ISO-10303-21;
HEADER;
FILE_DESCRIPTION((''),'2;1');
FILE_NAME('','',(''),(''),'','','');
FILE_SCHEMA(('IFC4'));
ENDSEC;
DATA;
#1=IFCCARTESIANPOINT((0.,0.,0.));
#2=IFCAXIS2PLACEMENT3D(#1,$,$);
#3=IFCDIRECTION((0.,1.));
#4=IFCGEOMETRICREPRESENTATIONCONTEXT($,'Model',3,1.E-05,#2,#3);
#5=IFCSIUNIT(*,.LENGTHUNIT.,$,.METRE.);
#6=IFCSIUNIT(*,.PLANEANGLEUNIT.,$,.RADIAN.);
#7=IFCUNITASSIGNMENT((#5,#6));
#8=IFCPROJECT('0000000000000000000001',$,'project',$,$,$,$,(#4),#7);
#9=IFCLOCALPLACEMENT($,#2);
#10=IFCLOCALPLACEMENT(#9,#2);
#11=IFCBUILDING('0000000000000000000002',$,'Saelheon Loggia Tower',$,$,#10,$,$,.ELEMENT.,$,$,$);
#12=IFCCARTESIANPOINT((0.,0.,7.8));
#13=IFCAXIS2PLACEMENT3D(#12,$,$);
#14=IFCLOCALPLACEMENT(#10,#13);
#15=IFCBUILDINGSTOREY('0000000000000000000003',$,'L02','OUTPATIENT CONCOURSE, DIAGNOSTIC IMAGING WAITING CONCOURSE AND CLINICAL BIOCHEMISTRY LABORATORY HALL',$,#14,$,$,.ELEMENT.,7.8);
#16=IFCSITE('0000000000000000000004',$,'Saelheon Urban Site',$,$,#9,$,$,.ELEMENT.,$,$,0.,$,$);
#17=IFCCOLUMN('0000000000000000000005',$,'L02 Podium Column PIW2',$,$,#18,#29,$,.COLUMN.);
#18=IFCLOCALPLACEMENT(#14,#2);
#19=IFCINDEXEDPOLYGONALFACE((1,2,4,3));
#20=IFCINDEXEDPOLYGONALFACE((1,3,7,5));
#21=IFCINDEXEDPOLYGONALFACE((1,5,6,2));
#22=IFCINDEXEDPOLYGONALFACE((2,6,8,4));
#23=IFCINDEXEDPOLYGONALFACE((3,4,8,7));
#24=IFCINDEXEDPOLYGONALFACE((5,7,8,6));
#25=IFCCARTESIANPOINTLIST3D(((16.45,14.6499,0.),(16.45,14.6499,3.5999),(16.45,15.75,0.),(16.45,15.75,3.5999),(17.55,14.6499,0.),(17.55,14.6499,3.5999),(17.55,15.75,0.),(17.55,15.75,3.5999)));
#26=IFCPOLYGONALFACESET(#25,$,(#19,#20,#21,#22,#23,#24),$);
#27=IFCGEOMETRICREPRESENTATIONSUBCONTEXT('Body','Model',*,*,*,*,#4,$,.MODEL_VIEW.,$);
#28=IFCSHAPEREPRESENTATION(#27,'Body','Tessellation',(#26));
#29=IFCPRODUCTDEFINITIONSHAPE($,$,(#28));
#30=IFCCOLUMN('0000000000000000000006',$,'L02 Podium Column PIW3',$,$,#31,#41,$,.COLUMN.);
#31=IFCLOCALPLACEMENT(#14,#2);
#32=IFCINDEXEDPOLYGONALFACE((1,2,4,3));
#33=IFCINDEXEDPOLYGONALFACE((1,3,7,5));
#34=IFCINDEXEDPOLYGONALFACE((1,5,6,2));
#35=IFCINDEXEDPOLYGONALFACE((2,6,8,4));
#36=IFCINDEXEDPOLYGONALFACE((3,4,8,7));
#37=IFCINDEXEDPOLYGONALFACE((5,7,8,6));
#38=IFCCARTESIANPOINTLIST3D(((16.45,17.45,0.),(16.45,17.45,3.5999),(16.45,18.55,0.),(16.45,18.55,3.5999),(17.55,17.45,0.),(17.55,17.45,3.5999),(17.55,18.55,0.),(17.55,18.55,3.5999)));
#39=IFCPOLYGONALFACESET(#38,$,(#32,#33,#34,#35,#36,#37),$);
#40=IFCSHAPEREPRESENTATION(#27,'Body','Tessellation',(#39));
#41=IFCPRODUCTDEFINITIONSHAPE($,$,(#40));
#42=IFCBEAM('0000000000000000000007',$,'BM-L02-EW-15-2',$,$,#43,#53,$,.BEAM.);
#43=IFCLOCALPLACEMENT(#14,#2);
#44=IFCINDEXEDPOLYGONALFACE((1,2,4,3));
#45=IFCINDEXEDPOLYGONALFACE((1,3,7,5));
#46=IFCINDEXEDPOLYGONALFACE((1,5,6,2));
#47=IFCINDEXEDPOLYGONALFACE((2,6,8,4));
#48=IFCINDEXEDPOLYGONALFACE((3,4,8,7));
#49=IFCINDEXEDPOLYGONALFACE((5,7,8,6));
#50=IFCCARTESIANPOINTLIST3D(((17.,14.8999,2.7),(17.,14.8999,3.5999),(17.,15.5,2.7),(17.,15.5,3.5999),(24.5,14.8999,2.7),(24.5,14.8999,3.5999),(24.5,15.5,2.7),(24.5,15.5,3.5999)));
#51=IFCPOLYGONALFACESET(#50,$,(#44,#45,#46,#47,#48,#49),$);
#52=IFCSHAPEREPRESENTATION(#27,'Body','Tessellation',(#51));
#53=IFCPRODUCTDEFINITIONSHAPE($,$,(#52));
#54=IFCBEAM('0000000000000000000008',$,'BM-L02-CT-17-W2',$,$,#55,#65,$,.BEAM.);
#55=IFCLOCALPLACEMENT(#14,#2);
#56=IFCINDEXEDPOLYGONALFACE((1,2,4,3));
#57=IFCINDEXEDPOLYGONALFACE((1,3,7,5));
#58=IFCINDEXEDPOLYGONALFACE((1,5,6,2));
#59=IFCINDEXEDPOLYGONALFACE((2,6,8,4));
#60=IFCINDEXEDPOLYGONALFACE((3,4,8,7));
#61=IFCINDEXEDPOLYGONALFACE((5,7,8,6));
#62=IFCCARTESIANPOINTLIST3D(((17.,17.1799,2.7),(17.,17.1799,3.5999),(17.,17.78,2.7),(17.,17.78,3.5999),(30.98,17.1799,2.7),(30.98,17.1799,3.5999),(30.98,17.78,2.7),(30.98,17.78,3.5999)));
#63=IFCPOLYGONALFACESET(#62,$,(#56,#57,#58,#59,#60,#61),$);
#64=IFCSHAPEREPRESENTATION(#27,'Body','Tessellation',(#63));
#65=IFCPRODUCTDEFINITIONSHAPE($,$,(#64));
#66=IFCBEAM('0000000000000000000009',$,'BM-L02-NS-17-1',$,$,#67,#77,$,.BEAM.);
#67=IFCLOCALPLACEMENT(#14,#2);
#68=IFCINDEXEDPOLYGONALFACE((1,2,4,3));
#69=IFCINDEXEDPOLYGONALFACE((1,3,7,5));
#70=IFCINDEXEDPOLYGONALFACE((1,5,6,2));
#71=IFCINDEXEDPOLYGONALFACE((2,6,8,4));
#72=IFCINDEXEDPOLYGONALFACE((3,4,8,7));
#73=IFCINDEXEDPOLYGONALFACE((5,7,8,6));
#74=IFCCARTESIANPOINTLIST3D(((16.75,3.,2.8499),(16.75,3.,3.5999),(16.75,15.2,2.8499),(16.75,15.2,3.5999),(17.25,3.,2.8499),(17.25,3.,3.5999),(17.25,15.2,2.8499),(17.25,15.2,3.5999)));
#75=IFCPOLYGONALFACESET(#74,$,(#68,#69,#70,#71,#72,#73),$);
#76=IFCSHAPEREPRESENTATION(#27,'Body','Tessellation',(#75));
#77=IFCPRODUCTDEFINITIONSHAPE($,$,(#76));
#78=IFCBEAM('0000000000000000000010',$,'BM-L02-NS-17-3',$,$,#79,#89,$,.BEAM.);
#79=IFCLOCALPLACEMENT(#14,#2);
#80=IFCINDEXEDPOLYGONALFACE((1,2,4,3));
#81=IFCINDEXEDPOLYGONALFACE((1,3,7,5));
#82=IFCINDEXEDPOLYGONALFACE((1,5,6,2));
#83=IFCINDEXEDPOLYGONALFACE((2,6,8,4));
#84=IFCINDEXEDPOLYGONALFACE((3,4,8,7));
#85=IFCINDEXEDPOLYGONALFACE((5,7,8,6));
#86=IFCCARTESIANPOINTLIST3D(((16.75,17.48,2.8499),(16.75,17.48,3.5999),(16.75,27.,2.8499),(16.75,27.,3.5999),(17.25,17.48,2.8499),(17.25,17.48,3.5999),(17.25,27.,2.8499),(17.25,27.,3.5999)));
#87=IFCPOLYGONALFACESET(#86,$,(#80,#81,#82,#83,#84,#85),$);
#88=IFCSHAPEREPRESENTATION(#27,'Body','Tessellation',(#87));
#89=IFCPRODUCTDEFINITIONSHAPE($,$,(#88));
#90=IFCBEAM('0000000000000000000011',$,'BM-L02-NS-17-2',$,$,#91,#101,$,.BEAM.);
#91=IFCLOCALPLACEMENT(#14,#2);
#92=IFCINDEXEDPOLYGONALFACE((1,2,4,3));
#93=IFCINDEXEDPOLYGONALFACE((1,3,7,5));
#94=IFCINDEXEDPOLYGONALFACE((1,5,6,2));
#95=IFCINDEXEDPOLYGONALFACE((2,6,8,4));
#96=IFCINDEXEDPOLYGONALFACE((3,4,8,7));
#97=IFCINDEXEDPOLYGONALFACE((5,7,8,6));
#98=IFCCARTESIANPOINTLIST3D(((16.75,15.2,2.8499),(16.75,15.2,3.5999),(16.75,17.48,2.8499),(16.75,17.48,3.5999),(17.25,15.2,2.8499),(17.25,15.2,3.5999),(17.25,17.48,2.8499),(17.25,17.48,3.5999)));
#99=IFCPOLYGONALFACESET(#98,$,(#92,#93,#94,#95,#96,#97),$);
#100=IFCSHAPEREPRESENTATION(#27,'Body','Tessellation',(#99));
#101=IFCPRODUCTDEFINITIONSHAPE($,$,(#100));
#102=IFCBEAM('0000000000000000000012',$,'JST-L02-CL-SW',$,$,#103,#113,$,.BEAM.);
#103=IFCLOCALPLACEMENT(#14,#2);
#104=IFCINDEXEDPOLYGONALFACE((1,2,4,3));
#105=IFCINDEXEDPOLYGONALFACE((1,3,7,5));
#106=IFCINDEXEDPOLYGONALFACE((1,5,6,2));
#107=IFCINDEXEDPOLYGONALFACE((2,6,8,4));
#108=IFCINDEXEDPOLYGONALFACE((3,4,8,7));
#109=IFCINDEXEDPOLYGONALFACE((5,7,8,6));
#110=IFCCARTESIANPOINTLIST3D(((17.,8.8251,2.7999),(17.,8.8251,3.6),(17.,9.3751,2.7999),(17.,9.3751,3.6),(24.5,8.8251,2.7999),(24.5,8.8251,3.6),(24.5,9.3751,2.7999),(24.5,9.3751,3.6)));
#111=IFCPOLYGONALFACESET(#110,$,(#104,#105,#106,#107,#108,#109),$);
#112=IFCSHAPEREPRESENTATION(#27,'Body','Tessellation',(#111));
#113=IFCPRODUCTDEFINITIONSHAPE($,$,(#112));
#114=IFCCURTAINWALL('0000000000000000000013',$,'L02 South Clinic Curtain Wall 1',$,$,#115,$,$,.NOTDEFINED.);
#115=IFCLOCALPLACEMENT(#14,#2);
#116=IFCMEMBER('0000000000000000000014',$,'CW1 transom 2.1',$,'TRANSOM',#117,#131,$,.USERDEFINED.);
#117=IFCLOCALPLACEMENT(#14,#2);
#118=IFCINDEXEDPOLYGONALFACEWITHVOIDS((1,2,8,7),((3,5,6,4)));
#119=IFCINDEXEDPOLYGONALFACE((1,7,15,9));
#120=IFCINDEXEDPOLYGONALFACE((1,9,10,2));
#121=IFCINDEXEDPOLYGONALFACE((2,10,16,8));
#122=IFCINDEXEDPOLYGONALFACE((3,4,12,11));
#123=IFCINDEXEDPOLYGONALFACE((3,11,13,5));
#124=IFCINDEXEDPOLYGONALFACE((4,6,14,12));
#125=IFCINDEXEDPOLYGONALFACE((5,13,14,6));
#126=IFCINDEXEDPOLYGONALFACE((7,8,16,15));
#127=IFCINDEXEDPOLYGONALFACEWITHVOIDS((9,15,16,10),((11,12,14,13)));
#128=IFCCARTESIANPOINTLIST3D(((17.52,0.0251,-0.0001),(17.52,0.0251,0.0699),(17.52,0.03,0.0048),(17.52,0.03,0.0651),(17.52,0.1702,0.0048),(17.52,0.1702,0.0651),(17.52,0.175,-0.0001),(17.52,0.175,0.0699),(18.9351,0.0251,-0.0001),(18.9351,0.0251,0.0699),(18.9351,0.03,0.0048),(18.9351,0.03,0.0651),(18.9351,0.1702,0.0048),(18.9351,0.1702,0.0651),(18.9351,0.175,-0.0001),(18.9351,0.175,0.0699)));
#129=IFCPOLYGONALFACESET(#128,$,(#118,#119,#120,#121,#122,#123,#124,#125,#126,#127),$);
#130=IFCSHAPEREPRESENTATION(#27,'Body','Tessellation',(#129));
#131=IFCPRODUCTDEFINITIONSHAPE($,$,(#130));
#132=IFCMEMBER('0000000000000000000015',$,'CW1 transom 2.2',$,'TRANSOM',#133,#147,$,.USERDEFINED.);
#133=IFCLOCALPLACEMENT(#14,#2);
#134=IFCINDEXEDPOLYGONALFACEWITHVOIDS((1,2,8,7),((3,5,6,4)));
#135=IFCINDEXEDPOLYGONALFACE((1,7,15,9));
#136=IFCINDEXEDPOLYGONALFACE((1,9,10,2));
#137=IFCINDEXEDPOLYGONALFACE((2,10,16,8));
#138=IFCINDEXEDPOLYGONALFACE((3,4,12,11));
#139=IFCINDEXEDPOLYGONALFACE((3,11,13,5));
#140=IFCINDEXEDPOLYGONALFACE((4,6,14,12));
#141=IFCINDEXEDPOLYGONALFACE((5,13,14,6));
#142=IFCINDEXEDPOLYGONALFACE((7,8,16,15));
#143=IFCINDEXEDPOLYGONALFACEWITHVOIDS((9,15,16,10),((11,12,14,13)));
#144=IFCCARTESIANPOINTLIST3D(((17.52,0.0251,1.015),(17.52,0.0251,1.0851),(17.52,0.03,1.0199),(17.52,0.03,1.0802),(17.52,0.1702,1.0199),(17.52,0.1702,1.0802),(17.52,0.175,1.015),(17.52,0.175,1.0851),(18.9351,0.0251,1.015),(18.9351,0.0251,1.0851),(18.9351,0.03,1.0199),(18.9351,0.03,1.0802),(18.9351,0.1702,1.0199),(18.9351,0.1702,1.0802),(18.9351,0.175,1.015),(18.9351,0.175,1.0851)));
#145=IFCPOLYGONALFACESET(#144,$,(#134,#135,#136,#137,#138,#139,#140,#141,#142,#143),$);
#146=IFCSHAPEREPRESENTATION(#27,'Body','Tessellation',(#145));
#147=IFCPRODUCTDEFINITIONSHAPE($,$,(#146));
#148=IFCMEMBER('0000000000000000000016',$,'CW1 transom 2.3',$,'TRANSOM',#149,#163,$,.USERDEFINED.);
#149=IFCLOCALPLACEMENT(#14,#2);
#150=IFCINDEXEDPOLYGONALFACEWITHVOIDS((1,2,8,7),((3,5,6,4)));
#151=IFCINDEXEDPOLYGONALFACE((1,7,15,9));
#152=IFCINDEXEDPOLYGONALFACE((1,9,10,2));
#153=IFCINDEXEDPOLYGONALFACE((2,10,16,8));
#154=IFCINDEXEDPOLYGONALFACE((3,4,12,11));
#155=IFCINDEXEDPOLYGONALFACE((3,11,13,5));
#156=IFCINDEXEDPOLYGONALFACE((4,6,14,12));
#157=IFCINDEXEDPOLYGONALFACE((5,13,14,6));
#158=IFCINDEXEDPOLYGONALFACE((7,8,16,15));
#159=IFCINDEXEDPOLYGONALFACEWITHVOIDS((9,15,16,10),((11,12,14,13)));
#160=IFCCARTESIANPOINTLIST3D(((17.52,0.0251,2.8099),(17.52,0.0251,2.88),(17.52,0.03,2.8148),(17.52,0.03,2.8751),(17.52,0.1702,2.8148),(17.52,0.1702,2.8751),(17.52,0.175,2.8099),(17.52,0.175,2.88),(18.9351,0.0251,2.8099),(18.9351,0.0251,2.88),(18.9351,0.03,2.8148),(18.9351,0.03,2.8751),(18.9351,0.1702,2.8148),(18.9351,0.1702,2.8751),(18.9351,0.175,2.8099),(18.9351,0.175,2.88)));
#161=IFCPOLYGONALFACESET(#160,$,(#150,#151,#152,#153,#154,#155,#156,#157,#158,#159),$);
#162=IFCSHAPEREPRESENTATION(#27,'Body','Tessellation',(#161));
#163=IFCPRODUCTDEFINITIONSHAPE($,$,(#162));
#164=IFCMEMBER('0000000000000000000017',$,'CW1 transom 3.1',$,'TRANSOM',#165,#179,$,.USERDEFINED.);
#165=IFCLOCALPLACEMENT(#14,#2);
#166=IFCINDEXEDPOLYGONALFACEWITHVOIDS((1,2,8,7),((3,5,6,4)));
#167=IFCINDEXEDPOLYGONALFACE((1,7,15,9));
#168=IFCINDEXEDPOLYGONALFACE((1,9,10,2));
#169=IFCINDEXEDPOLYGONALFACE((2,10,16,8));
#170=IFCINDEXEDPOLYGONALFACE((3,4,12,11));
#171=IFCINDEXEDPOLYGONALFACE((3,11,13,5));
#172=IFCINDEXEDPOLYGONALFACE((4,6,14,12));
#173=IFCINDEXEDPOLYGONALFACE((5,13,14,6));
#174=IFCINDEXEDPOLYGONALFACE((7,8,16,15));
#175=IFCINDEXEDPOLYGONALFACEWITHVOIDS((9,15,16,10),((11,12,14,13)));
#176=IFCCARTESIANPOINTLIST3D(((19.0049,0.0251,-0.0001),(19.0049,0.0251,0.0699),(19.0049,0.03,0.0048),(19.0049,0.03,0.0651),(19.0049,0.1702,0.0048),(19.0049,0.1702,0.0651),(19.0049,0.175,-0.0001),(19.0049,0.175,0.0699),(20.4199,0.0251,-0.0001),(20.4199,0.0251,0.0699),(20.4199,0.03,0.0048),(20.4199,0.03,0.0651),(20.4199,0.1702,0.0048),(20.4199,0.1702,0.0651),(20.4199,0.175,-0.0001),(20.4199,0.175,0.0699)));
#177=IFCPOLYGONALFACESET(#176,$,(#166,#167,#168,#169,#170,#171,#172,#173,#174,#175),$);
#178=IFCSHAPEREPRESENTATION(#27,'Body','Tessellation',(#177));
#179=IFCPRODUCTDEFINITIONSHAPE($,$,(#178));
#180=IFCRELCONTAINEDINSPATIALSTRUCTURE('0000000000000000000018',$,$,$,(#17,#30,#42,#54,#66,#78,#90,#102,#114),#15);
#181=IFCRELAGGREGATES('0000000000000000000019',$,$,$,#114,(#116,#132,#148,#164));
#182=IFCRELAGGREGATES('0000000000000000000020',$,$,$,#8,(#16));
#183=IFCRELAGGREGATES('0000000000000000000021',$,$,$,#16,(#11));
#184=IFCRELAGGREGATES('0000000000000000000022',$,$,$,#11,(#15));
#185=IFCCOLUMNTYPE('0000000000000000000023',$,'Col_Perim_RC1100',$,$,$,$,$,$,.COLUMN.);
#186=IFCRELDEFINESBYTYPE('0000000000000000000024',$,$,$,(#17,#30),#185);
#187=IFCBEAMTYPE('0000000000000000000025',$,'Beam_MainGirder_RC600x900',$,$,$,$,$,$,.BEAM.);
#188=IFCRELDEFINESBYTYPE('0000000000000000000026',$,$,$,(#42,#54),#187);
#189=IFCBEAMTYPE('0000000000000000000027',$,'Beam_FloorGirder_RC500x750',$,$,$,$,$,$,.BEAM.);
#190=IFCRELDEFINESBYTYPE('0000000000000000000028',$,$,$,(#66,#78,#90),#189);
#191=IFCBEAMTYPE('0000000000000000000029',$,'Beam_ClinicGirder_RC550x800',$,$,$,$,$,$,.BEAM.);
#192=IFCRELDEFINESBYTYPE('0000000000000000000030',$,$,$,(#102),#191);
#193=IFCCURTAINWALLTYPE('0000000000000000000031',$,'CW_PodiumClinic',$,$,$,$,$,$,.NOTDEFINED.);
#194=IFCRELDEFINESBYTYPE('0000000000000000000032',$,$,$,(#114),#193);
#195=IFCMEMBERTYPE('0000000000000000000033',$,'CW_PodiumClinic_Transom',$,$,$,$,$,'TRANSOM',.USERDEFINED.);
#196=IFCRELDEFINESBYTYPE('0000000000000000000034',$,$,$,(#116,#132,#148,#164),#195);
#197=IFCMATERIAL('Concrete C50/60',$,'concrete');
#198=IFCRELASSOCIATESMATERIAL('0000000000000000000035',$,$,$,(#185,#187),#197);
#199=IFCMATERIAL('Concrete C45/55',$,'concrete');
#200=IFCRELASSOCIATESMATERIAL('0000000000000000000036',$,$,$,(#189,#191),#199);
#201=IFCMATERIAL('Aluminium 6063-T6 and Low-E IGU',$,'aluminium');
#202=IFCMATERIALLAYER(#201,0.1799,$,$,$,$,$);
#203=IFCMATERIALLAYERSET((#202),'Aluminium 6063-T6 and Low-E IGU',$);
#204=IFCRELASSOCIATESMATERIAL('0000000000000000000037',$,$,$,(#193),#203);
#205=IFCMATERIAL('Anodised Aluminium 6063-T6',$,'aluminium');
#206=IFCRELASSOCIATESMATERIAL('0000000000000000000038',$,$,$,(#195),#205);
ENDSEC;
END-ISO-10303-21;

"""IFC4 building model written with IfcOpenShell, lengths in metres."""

from ifc_helpers import new_model, si_unit, direction, frame, origin, origin_2d, place, context, subcontext, project, spatial, rectangle, hollow_rectangle, extrude, source, transform, mapped, material, layer, layer_set, material_profile, profile_set, type_object, element, aggregate, save


model = new_model("IFC4")

# Units and contexts
model_context = context("Model", 3, precision=1e-05, world=origin(), true_north=direction((0.0, 1.0)))
body_context = subcontext(model_context, "Body", "Model", "MODEL_VIEW")
ifc_project = project(units=[si_unit("LENGTHUNIT", "METRE"), si_unit("PLANEANGLEUNIT", "RADIAN")], contexts=[model_context])

# Site, building, storey
site_placement = place(None, origin())
site = spatial("IfcSite", under=ifc_project, at=site_placement, Name="Saelheon Urban Site", CompositionType="ELEMENT", RefElevation=0.0)
building_placement = place(site_placement, origin())
building = spatial("IfcBuilding", under=site, at=building_placement, Name="Saelheon Loggia Tower", CompositionType="ELEMENT")
storey_placement = place(building_placement, frame((0.0, 0.0, 7.8)))
storey = spatial("IfcBuildingStorey", under=building, at=storey_placement, Name="L02", Description="OUTPATIENT CONCOURSE, DIAGNOSTIC IMAGING WAITING CONCOURSE AND CLINICAL BIOCHEMISTRY LABORATORY HALL", CompositionType="ELEMENT", Elevation=7.8)

# Columns
ifc_material_1 = material(Name="Concrete C50/60", Category="concrete")
ifc_material_profile_1 = material_profile(ifc_material_1, rectangle(XDim=1.1001, YDim=1.1001, at=origin_2d()), Name="RC-1100x1100")
ifc_profile_set_1 = profile_set([ifc_material_profile_1], Name="Concrete C50/60")
column_type = type_object("IfcColumnType", Name="Col_Perim_RC1100", PredefinedType="COLUMN", material=ifc_profile_set_1)
shared_shape_1 = source(origin(), body_context, "Body", "SweptSolid", [
    extrude(rectangle(XDim=1.1001, YDim=1.1001, at=origin_2d()), origin(), (0.0, 0.0, 1.0), 3.5999),
])
for number, where, z_axis, x_axis, name in (
    (1, (17.0, 15.2, 0.0), (0.0, 0.0, 1.0), (1.0, 0.0, 0.0), "L02 Podium Column PIW2"),
    (2, (17.0, 18.0, 0.0), (0.0, 0.0, 1.0), (1.0, 0.0, 0.0), "L02 Podium Column PIW3"),
):
    element("IfcColumn", number, at=place(storey_placement, frame(where, z_axis=z_axis, x_axis=x_axis)), inside=storey, type_object=column_type, Name=name, PredefinedType="COLUMN", context=body_context, shape_type="MappedRepresentation", body=[
        mapped(shared_shape_1, transform((0.0, 0.0, 0.0), scale=1.0)),
    ])

# Beams
ifc_material_profile_2 = material_profile(ifc_material_1, rectangle(XDim=0.6001, YDim=0.8999, at=origin_2d()), Name="RC-600x900")
ifc_profile_set_2 = profile_set([ifc_material_profile_2], Name="Concrete C50/60")
beam_type_1 = type_object("IfcBeamType", Name="Beam_MainGirder_RC600x900", PredefinedType="BEAM", material=ifc_profile_set_2)
shared_shape_2 = source(origin(), body_context, "Body", "SweptSolid", [
    extrude(rectangle(XDim=0.6001, YDim=0.8999, at=origin_2d()), origin(), (0.0, 0.0, 1.0), 7.5),
])
beam_1_placement = place(storey_placement, frame((17.0, 15.2, 3.1499), z_axis=(1.0, 0.0, 0.0), x_axis=(0.0, 1.0, 0.0)))
element("IfcBeam", 3, at=beam_1_placement, inside=storey, type_object=beam_type_1, Name="BM-L02-EW-15-2", PredefinedType="BEAM", context=body_context, shape_type="MappedRepresentation", body=[
    mapped(shared_shape_2, transform((0.0, 0.0, 0.0), scale=1.0)),
])
shared_shape_3 = source(origin(), body_context, "Body", "SweptSolid", [
    extrude(rectangle(XDim=0.6001, YDim=0.8999, at=origin_2d()), origin(), (0.0, 0.0, 1.0), 13.98),
])
beam_2_placement = place(storey_placement, frame((17.0, 17.48, 3.1499), z_axis=(1.0, 0.0, 0.0), x_axis=(0.0, 1.0, 0.0)))
element("IfcBeam", 4, at=beam_2_placement, inside=storey, type_object=beam_type_1, Name="BM-L02-CT-17-W2", PredefinedType="BEAM", context=body_context, shape_type="MappedRepresentation", body=[
    mapped(shared_shape_3, transform((0.0, 0.0, 0.0), scale=1.0)),
])
ifc_material_2 = material(Name="Concrete C45/55", Category="concrete")
ifc_material_profile_3 = material_profile(ifc_material_2, rectangle(XDim=0.5, YDim=0.75, at=origin_2d()), Name="RC-500x750")
ifc_profile_set_3 = profile_set([ifc_material_profile_3], Name="Concrete C45/55")
beam_type_2 = type_object("IfcBeamType", Name="Beam_FloorGirder_RC500x750", PredefinedType="BEAM", material=ifc_profile_set_3)
shared_shape_4 = source(origin(), body_context, "Body", "SweptSolid", [
    extrude(rectangle(XDim=0.5, YDim=0.75, at=origin_2d()), origin(), (0.0, 0.0, 1.0), 12.2),
])
beam_3_placement = place(storey_placement, frame((17.0, 3.0, 3.2249), z_axis=(0.0, 1.0, 0.0), x_axis=(-1.0, 0.0, 0.0)))
element("IfcBeam", 5, at=beam_3_placement, inside=storey, type_object=beam_type_2, Name="BM-L02-NS-17-1", PredefinedType="BEAM", context=body_context, shape_type="MappedRepresentation", body=[
    mapped(shared_shape_4, transform((0.0, 0.0, 0.0), scale=1.0)),
])
shared_shape_5 = source(origin(), body_context, "Body", "SweptSolid", [
    extrude(rectangle(XDim=0.5, YDim=0.75, at=origin_2d()), origin(), (0.0, 0.0, 1.0), 9.52),
])
beam_4_placement = place(storey_placement, frame((17.0, 17.48, 3.2249), z_axis=(0.0, 1.0, 0.0), x_axis=(-1.0, 0.0, 0.0)))
element("IfcBeam", 6, at=beam_4_placement, inside=storey, type_object=beam_type_2, Name="BM-L02-NS-17-3", PredefinedType="BEAM", context=body_context, shape_type="MappedRepresentation", body=[
    mapped(shared_shape_5, transform((0.0, 0.0, 0.0), scale=1.0)),
])
shared_shape_6 = source(origin(), body_context, "Body", "SweptSolid", [
    extrude(rectangle(XDim=0.5, YDim=0.75, at=origin_2d()), origin(), (0.0, 0.0, 1.0), 2.28),
])
beam_5_placement = place(storey_placement, frame((17.0, 15.2, 3.2249), z_axis=(0.0, 1.0, 0.0), x_axis=(-1.0, 0.0, 0.0)))
element("IfcBeam", 7, at=beam_5_placement, inside=storey, type_object=beam_type_2, Name="BM-L02-NS-17-2", PredefinedType="BEAM", context=body_context, shape_type="MappedRepresentation", body=[
    mapped(shared_shape_6, transform((0.0, 0.0, 0.0), scale=1.0)),
])
ifc_material_profile_4 = material_profile(ifc_material_2, rectangle(XDim=0.55, YDim=0.8, at=origin_2d()), Name="RC-550x800")
ifc_profile_set_4 = profile_set([ifc_material_profile_4], Name="Concrete C45/55")
beam_type_3 = type_object("IfcBeamType", Name="Beam_ClinicGirder_RC550x800", PredefinedType="BEAM", material=ifc_profile_set_4)
shared_shape_7 = source(origin(), body_context, "Body", "SweptSolid", [
    extrude(rectangle(XDim=0.55, YDim=0.8, at=origin_2d()), origin(), (0.0, 0.0, 1.0), 7.5),
])
beam_6_placement = place(storey_placement, frame((17.0, 9.1001, 3.2), z_axis=(1.0, 0.0, 0.0), x_axis=(0.0, 1.0, 0.0)))
element("IfcBeam", 8, at=beam_6_placement, inside=storey, type_object=beam_type_3, Name="JST-L02-CL-SW", PredefinedType="BEAM", context=body_context, shape_type="MappedRepresentation", body=[
    mapped(shared_shape_7, transform((0.0, 0.0, 0.0), scale=1.0)),
])

# Curtain wall, members
ifc_material_3 = material(Name="Aluminium 6063-T6 and Low-E IGU", Category="aluminium")
ifc_layer_1 = layer(ifc_material_3, 0.1799)
ifc_layer_set_1 = layer_set([ifc_layer_1], Name="Aluminium 6063-T6 and Low-E IGU")
curtain_wall_type = type_object("IfcCurtainWallType", Name="CW_PodiumClinic", PredefinedType="NOTDEFINED", material=ifc_layer_set_1)
curtain_wall_placement = place(storey_placement, origin())
curtain_wall = element("IfcCurtainWall", 9, at=curtain_wall_placement, inside=storey, type_object=curtain_wall_type, Name="L02 South Clinic Curtain Wall 1", PredefinedType="NOTDEFINED")
ifc_material_4 = material(Name="Anodised Aluminium 6063-T6", Category="aluminium")
ifc_material_profile_5 = material_profile(ifc_material_4, hollow_rectangle(XDim=0.0701, YDim=0.1499, WallThickness=0.0049, at=origin_2d()), Name="RHS-150x70x5")
ifc_profile_set_5 = profile_set([ifc_material_profile_5], Name="Anodised Aluminium 6063-T6")
member_type_1 = type_object("IfcMemberType", Name="CW_PodiumClinic_Transom", ElementType="TRANSOM", PredefinedType="USERDEFINED", material=ifc_profile_set_5)
shared_shape_8 = source(origin(), body_context, "Body", "SweptSolid", [
    extrude(hollow_rectangle(XDim=0.0701, YDim=0.1499, WallThickness=0.0049, at=origin_2d()), origin(), (0.0, 0.0, 1.0), 1.415),
])
member_1_placement = place(storey_placement, frame((17.52, 0.1001, 0.0349), z_axis=(1.0, 0.0, 0.0), x_axis=(0.0, 0.0, 1.0)))
member_1 = element("IfcMember", 10, at=member_1_placement, type_object=member_type_1, Name="CW1 transom 2.1", ObjectType="TRANSOM", PredefinedType="USERDEFINED", context=body_context, shape_type="MappedRepresentation", body=[
    mapped(shared_shape_8, transform((0.0, 0.0, 0.0), scale=1.0)),
])
member_2_placement = place(storey_placement, frame((17.52, 0.1001, 1.05), z_axis=(1.0, 0.0, 0.0), x_axis=(0.0, 0.0, 1.0)))
member_2 = element("IfcMember", 11, at=member_2_placement, type_object=member_type_1, Name="CW1 transom 2.2", ObjectType="TRANSOM", PredefinedType="USERDEFINED", context=body_context, shape_type="MappedRepresentation", body=[
    mapped(shared_shape_8, transform((0.0, 0.0, 0.0), scale=1.0)),
])
member_3_placement = place(storey_placement, frame((17.52, 0.1001, 2.845), z_axis=(1.0, 0.0, 0.0), x_axis=(0.0, 0.0, 1.0)))
member_3 = element("IfcMember", 12, at=member_3_placement, type_object=member_type_1, Name="CW1 transom 2.3", ObjectType="TRANSOM", PredefinedType="USERDEFINED", context=body_context, shape_type="MappedRepresentation", body=[
    mapped(shared_shape_8, transform((0.0, 0.0, 0.0), scale=1.0)),
])
member_4_placement = place(storey_placement, frame((19.0049, 0.1001, 0.0349), z_axis=(1.0, 0.0, 0.0), x_axis=(0.0, 0.0, 1.0)))
member_4 = element("IfcMember", 13, at=member_4_placement, type_object=member_type_1, Name="CW1 transom 3.1", ObjectType="TRANSOM", PredefinedType="USERDEFINED", context=body_context, shape_type="MappedRepresentation", body=[
    mapped(shared_shape_8, transform((0.0, 0.0, 0.0), scale=1.0)),
])
aggregate(curtain_wall, [member_1, member_2, member_3, member_4])

save(model, "model.ifc")
